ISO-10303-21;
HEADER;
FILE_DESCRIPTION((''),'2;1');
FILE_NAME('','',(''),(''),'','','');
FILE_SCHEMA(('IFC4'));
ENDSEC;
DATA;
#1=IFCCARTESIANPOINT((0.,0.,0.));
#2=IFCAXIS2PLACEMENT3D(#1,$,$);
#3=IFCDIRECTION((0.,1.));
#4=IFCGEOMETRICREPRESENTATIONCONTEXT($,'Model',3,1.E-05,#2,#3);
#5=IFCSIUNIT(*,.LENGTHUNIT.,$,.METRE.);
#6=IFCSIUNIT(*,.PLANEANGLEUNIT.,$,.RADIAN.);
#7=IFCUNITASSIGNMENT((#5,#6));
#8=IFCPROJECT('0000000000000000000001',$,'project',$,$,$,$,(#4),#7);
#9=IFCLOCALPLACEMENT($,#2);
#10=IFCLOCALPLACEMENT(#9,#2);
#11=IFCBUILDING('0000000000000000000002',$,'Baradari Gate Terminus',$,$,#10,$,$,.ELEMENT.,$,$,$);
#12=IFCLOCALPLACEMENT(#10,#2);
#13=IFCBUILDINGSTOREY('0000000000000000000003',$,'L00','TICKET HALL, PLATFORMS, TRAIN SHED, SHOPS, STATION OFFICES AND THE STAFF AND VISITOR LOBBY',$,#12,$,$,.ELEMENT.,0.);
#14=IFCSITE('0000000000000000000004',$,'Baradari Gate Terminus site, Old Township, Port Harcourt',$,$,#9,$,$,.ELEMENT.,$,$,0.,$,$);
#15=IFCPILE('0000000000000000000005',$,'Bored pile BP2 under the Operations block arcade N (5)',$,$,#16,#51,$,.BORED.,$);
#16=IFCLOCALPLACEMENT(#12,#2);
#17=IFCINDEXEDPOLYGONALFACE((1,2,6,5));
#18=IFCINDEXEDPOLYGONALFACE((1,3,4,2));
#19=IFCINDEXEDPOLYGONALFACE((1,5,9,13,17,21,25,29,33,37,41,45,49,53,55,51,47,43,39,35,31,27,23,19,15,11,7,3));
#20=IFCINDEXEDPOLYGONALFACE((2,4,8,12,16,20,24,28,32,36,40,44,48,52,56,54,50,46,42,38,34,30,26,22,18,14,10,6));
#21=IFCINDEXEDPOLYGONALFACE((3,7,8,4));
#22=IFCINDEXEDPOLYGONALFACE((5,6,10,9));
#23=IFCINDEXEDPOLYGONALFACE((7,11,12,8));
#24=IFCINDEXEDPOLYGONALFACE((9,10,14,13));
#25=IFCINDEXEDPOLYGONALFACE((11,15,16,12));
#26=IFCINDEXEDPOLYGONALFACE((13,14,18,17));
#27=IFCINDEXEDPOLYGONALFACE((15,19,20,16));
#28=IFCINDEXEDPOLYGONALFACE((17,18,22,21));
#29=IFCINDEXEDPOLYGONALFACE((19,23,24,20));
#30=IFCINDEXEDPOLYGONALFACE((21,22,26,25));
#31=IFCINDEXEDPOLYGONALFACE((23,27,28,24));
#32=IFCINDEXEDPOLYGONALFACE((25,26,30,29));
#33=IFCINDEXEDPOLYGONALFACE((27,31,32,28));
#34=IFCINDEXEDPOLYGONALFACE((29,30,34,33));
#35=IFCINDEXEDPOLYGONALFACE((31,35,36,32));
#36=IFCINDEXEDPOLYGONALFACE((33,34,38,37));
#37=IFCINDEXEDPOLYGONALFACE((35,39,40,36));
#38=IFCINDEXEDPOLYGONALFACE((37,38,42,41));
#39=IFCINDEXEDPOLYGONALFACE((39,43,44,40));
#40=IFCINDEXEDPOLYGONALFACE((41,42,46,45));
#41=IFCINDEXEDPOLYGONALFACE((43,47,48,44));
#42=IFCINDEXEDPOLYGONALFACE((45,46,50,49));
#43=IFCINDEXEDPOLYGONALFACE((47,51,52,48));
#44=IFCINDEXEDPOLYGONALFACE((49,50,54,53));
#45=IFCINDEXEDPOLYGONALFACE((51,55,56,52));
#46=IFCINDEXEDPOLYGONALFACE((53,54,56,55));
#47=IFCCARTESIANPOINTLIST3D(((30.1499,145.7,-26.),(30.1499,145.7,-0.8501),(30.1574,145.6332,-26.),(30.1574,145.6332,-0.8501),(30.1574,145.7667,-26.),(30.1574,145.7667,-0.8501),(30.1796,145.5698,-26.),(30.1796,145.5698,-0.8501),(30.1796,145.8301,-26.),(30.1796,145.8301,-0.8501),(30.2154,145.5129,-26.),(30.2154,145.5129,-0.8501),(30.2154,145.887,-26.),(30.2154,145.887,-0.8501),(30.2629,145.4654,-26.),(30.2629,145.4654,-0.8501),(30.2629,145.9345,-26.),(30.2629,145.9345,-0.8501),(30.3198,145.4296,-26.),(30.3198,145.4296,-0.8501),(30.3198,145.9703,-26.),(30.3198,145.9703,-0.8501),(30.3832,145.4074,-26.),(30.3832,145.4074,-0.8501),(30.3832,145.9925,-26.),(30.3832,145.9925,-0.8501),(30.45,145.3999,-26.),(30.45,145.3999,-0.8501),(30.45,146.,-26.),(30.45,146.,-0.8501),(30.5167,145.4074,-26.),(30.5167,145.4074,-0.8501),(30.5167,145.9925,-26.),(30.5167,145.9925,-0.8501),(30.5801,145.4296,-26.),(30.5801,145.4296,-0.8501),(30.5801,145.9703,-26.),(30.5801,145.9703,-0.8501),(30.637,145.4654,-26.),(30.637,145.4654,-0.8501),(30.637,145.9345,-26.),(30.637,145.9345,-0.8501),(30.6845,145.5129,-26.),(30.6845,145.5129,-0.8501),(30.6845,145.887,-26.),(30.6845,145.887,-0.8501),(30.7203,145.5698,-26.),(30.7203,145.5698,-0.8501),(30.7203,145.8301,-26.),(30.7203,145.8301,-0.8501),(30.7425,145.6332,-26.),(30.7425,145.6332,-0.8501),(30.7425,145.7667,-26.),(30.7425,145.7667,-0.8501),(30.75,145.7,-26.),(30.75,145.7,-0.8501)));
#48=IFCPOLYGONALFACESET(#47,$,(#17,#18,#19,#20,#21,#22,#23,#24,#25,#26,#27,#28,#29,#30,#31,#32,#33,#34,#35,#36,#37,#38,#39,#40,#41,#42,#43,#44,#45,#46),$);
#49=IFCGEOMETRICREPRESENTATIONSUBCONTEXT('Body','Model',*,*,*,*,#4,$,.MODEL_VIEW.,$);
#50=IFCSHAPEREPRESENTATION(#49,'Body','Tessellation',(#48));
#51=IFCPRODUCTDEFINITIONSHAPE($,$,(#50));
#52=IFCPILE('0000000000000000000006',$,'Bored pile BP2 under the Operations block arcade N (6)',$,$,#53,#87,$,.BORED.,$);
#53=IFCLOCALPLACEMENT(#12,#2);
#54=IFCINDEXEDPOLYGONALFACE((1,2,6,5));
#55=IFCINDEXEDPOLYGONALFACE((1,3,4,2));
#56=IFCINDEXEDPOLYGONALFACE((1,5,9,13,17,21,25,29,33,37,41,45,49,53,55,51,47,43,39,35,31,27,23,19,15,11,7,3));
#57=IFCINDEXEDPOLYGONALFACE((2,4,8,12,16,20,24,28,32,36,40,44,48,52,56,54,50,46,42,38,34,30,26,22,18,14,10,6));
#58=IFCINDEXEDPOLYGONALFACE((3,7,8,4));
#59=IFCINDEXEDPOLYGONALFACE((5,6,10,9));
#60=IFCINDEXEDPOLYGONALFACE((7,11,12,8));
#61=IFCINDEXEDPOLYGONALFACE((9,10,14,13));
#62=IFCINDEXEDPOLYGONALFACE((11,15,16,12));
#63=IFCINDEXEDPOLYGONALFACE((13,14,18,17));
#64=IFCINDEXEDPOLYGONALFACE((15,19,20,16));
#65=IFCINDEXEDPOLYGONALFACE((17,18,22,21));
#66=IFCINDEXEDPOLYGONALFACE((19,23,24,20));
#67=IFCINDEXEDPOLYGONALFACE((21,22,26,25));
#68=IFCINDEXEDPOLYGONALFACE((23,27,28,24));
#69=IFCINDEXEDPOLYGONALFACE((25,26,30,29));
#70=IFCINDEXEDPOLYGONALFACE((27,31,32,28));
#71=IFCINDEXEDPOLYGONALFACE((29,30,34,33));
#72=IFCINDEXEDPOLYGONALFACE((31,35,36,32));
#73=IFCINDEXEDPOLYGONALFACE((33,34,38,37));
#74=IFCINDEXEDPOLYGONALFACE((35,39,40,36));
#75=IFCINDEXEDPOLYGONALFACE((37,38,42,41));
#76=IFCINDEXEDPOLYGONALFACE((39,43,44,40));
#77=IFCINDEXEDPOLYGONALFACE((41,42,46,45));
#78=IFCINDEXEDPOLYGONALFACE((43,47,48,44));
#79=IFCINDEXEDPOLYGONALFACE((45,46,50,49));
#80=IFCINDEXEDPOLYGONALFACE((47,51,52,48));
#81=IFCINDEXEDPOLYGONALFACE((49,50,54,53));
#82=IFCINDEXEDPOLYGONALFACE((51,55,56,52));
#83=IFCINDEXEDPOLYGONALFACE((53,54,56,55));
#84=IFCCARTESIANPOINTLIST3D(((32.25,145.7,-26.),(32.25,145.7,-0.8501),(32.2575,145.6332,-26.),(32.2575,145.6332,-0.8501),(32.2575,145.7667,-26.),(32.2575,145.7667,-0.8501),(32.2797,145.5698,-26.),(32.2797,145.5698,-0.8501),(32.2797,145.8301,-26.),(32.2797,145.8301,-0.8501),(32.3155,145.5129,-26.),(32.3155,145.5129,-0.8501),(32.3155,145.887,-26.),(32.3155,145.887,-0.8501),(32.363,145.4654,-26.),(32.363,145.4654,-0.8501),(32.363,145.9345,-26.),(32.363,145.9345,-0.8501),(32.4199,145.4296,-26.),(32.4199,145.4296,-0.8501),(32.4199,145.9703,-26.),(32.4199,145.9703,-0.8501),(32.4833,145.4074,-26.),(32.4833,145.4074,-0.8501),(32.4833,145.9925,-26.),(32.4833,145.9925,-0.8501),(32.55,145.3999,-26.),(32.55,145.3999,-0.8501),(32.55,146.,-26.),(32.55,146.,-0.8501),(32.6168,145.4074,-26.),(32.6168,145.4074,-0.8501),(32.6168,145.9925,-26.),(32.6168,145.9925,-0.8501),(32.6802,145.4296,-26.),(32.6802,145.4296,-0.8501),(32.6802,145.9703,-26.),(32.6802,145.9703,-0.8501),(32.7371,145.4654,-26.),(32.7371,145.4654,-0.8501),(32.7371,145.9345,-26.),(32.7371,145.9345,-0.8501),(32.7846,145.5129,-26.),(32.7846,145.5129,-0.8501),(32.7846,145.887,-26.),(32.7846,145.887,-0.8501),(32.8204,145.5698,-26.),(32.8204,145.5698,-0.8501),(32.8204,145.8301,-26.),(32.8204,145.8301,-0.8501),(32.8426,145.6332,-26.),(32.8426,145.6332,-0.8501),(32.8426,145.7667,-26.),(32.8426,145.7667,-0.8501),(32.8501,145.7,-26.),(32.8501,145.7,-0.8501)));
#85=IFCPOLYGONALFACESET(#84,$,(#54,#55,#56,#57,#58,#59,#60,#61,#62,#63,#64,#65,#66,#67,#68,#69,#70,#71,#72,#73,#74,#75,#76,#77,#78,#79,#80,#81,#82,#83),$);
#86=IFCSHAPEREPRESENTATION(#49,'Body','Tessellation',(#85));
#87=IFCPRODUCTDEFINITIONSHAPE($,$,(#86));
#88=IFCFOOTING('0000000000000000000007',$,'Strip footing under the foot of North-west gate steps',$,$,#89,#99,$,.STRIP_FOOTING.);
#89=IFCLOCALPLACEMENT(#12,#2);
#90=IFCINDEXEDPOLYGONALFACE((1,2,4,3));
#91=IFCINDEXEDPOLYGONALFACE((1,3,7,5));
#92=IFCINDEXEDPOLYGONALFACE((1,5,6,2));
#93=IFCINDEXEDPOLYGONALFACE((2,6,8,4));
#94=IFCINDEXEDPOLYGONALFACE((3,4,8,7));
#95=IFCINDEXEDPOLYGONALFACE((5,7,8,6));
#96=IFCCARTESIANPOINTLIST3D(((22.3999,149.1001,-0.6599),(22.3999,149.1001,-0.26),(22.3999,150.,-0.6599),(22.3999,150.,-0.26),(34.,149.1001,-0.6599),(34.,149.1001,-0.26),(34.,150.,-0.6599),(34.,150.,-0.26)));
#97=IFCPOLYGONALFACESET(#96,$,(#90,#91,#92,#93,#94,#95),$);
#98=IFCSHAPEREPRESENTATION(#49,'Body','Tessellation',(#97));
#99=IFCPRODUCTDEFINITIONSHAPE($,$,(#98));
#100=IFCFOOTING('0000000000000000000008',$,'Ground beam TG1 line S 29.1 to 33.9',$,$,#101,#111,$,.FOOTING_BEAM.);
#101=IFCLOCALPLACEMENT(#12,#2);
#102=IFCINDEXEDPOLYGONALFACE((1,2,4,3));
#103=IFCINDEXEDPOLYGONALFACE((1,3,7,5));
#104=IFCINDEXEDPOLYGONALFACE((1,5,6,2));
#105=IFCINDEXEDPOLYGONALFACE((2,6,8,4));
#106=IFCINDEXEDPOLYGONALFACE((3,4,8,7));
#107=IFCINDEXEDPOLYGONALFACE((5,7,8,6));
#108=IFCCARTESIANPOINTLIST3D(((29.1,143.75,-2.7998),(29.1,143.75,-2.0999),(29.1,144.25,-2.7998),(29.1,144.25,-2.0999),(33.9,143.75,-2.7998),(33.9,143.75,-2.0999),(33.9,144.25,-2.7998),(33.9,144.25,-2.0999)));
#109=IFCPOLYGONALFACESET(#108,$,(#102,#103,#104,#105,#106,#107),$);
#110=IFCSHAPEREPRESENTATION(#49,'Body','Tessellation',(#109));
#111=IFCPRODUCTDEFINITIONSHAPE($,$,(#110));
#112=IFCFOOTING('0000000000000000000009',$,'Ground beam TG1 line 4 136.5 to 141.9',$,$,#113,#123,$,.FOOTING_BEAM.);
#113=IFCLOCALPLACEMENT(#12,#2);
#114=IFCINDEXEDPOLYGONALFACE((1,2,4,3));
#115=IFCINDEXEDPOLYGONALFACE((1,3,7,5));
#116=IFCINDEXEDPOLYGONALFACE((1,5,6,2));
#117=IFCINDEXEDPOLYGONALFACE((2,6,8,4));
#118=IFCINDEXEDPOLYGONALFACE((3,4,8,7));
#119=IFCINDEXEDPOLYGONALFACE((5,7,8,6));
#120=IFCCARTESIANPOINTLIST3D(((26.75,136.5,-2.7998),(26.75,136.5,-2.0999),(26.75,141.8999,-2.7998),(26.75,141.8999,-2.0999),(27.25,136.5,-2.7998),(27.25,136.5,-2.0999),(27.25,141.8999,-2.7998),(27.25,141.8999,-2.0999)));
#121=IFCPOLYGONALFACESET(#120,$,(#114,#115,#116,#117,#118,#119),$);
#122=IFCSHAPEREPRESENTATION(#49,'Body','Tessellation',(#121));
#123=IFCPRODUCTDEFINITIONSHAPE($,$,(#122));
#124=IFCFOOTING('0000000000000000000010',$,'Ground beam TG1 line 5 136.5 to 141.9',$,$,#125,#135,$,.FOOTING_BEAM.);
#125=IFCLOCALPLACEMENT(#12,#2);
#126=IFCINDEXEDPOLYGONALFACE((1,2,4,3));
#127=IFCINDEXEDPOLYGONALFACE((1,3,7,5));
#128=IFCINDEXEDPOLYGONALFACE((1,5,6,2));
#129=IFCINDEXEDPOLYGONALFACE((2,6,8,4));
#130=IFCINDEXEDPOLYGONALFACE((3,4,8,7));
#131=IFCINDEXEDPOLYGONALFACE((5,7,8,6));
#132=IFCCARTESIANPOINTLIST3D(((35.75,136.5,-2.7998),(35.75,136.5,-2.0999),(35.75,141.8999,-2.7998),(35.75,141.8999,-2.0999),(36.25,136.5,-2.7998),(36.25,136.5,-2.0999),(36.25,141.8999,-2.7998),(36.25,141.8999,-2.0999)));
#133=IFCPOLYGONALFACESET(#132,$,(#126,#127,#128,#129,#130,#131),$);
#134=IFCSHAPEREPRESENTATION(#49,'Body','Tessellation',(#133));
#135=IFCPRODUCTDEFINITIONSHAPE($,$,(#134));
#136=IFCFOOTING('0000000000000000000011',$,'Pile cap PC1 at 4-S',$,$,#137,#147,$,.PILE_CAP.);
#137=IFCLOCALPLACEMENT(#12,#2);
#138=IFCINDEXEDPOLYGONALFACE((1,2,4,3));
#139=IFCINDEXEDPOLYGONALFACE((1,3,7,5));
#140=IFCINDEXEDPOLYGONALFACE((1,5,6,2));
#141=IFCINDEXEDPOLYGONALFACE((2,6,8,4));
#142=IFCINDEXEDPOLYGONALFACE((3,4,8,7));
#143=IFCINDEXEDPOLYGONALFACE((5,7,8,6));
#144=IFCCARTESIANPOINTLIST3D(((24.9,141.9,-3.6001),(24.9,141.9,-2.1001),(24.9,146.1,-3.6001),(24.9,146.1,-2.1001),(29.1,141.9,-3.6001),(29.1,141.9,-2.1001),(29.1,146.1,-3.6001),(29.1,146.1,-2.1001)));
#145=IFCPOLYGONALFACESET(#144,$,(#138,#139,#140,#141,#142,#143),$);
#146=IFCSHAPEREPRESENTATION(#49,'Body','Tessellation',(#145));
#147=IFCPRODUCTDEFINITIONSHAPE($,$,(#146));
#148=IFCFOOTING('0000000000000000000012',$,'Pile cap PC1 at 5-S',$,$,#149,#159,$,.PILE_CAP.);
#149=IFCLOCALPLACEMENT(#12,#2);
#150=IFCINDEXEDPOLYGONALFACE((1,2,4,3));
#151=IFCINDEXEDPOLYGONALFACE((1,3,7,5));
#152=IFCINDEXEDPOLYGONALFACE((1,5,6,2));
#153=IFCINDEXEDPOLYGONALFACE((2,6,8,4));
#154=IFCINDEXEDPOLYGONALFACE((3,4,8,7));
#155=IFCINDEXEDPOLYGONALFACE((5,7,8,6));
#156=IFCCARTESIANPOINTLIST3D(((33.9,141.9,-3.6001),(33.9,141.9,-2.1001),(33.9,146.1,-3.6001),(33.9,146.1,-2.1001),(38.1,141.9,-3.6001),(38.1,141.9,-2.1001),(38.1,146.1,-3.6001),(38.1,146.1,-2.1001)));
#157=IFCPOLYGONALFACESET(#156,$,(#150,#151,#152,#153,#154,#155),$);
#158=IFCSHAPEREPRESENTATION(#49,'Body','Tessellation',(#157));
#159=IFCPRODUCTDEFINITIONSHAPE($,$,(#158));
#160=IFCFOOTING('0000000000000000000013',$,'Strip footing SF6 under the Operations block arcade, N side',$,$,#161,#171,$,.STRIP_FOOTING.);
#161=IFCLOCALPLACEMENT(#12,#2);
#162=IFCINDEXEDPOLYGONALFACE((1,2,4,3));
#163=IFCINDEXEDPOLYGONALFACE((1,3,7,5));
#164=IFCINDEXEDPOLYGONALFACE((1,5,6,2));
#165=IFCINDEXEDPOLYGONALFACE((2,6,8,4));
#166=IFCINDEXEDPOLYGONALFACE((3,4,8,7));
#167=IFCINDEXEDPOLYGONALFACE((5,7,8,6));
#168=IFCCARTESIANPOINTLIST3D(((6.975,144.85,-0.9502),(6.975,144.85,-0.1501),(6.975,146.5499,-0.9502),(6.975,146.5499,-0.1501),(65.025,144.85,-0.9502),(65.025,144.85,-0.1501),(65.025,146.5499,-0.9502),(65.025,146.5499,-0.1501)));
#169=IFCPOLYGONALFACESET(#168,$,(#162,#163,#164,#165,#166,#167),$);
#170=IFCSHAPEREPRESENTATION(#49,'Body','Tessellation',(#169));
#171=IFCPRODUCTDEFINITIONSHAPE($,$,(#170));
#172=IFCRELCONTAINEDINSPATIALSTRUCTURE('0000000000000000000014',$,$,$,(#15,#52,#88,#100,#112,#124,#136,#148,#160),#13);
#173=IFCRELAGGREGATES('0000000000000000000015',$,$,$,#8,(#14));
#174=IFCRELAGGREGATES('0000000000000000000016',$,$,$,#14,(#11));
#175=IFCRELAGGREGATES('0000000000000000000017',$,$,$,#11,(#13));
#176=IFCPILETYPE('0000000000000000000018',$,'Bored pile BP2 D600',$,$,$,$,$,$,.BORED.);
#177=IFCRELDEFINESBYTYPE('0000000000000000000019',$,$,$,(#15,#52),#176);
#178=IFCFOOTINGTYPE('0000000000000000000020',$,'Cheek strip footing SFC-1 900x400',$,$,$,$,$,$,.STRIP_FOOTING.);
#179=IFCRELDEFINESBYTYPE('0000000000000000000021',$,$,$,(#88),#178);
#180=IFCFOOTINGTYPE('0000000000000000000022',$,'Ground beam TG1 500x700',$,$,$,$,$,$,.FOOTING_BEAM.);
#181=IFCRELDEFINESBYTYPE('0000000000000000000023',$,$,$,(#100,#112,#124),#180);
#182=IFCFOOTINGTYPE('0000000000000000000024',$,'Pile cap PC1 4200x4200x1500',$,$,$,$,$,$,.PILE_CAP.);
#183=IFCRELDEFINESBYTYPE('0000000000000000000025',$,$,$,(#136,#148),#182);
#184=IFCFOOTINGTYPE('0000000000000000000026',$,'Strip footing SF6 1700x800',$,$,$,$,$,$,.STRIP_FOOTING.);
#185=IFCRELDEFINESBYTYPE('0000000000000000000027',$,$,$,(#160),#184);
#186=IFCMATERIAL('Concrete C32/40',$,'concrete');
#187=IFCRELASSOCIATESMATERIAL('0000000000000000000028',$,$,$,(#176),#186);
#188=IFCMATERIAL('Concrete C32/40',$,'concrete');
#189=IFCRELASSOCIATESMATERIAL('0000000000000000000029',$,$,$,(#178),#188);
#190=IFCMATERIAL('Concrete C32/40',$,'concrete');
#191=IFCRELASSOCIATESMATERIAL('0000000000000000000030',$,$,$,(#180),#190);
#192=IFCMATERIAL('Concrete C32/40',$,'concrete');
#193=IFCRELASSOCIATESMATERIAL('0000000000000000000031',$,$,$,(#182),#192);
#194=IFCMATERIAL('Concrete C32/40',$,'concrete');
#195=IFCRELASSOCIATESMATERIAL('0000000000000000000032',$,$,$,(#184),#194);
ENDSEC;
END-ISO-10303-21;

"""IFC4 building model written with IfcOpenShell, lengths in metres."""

from ifc_helpers import new_model, si_unit, direction, frame, origin, origin_2d, place, context, subcontext, project, spatial, rectangle, circle, extrude, material, type_object, element, save


model = new_model("IFC4")

# Units and contexts
model_context = context("Model", 3, precision=1e-05, world=origin(), true_north=direction((0.0, 1.0)))
body_context = subcontext(model_context, "Body", "Model", "MODEL_VIEW")
ifc_project = project(units=[si_unit("LENGTHUNIT", "METRE"), si_unit("PLANEANGLEUNIT", "RADIAN")], contexts=[model_context])

# Site, building, storey
site_placement = place(None, origin())
site = spatial("IfcSite", under=ifc_project, at=site_placement, Name="Baradari Gate Terminus site, Old Township, Port Harcourt", CompositionType="ELEMENT", RefElevation=0.0)
building_placement = place(site_placement, origin())
building = spatial("IfcBuilding", under=site, at=building_placement, Name="Baradari Gate Terminus", CompositionType="ELEMENT")
storey_placement = place(building_placement, origin())
storey = spatial("IfcBuildingStorey", under=building, at=storey_placement, Name="L00", Description="TICKET HALL, PLATFORMS, TRAIN SHED, SHOPS, STATION OFFICES AND THE STAFF AND VISITOR LOBBY", CompositionType="ELEMENT", Elevation=0.0)

# Piles
ifc_material_1 = material(Name="Concrete C32/40", Category="concrete")
pile_type_1 = type_object("IfcPileType", Name="Bored pile BP2 D600", PredefinedType="BORED", material=ifc_material_1)
for number, where, z_axis, x_axis, name in (
    (1, (30.45, 145.7, -0.8501), (0.0, 0.0, -1.0), (1.0, 0.0, 0.0), "Bored pile BP2 under the Operations block arcade N (5)"),
    (2, (32.55, 145.7, -0.8501), (0.0, 0.0, -1.0), (1.0, 0.0, 0.0), "Bored pile BP2 under the Operations block arcade N (6)"),
):
    element("IfcPile", number, at=place(storey_placement, frame(where, z_axis=z_axis, x_axis=x_axis)), inside=storey, type_object=pile_type_1, Name=name, PredefinedType="BORED", context=body_context, shape_type="SweptSolid", body=[
        extrude(circle(Radius=0.3, at=origin_2d()), origin(), (0.0, 0.0, 1.0), 25.1499),
    ])

# Footings
ifc_material_2 = material(Name="Concrete C32/40", Category="concrete")
footing_type_1 = type_object("IfcFootingType", Name="Cheek strip footing SFC-1 900x400", PredefinedType="STRIP_FOOTING", material=ifc_material_2)
footing_1_placement = place(storey_placement, frame((28.2, 149.55, -0.6599), z_axis=(0.0, 0.0, 1.0), x_axis=(1.0, 0.0, 0.0)))
element("IfcFooting", 3, at=footing_1_placement, inside=storey, type_object=footing_type_1, Name="Strip footing under the foot of North-west gate steps", PredefinedType="STRIP_FOOTING", context=body_context, shape_type="SweptSolid", body=[
    extrude(rectangle(XDim=11.6001, YDim=0.8999, at=origin_2d()), origin(), (0.0, 0.0, 1.0), 0.3999),
])
ifc_material_3 = material(Name="Concrete C32/40", Category="concrete")
footing_type_2 = type_object("IfcFootingType", Name="Ground beam TG1 500x700", PredefinedType="FOOTING_BEAM", material=ifc_material_3)
footing_2_placement = place(storey_placement, frame((31.5, 144.0, -2.7998), z_axis=(0.0, 0.0, 1.0), x_axis=(1.0, 0.0, 0.0)))
element("IfcFooting", 4, at=footing_2_placement, inside=storey, type_object=footing_type_2, Name="Ground beam TG1 line S 29.1 to 33.9", PredefinedType="FOOTING_BEAM", context=body_context, shape_type="SweptSolid", body=[
    extrude(rectangle(XDim=4.8, YDim=0.5, at=origin_2d()), origin(), (0.0, 0.0, 1.0), 0.7),
])
for number, where, z_axis, x_axis, name in (
    (5, (27.0, 139.2, -2.7998), (0.0, 0.0, 1.0), (1.0, 0.0, 0.0), "Ground beam TG1 line 4 136.5 to 141.9"),
    (6, (36.0, 139.2, -2.7998), (0.0, 0.0, 1.0), (1.0, 0.0, 0.0), "Ground beam TG1 line 5 136.5 to 141.9"),
):
    element("IfcFooting", number, at=place(storey_placement, frame(where, z_axis=z_axis, x_axis=x_axis)), inside=storey, type_object=footing_type_2, Name=name, PredefinedType="FOOTING_BEAM", context=body_context, shape_type="SweptSolid", body=[
        extrude(rectangle(XDim=0.5, YDim=5.3999, at=origin_2d()), origin(), (0.0, 0.0, 1.0), 0.7),
    ])
ifc_material_4 = material(Name="Concrete C32/40", Category="concrete")
footing_type_3 = type_object("IfcFootingType", Name="Pile cap PC1 4200x4200x1500", PredefinedType="PILE_CAP", material=ifc_material_4)
for number, where, z_axis, x_axis, name in (
    (7, (27.0, 144.0, -3.6001), (0.0, 0.0, 1.0), (1.0, 0.0, 0.0), "Pile cap PC1 at 4-S"),
    (8, (36.0, 144.0, -3.6001), (0.0, 0.0, 1.0), (1.0, 0.0, 0.0), "Pile cap PC1 at 5-S"),
):
    element("IfcFooting", number, at=place(storey_placement, frame(where, z_axis=z_axis, x_axis=x_axis)), inside=storey, type_object=footing_type_3, Name=name, PredefinedType="PILE_CAP", context=body_context, shape_type="SweptSolid", body=[
        extrude(rectangle(XDim=4.2, YDim=4.2, at=origin_2d()), origin(), (0.0, 0.0, 1.0), 1.5),
    ])
ifc_material_5 = material(Name="Concrete C32/40", Category="concrete")
footing_type_4 = type_object("IfcFootingType", Name="Strip footing SF6 1700x800", PredefinedType="STRIP_FOOTING", material=ifc_material_5)
footing_3_placement = place(storey_placement, frame((36.0, 145.7, -0.9502), z_axis=(0.0, 0.0, 1.0), x_axis=(1.0, 0.0, 0.0)))
element("IfcFooting", 9, at=footing_3_placement, inside=storey, type_object=footing_type_4, Name="Strip footing SF6 under the Operations block arcade, N side", PredefinedType="STRIP_FOOTING", context=body_context, shape_type="SweptSolid", body=[
    extrude(rectangle(XDim=58.05, YDim=1.7, at=origin_2d()), origin(), (0.0, 0.0, 1.0), 0.8),
])

save(model, "model.ifc")
